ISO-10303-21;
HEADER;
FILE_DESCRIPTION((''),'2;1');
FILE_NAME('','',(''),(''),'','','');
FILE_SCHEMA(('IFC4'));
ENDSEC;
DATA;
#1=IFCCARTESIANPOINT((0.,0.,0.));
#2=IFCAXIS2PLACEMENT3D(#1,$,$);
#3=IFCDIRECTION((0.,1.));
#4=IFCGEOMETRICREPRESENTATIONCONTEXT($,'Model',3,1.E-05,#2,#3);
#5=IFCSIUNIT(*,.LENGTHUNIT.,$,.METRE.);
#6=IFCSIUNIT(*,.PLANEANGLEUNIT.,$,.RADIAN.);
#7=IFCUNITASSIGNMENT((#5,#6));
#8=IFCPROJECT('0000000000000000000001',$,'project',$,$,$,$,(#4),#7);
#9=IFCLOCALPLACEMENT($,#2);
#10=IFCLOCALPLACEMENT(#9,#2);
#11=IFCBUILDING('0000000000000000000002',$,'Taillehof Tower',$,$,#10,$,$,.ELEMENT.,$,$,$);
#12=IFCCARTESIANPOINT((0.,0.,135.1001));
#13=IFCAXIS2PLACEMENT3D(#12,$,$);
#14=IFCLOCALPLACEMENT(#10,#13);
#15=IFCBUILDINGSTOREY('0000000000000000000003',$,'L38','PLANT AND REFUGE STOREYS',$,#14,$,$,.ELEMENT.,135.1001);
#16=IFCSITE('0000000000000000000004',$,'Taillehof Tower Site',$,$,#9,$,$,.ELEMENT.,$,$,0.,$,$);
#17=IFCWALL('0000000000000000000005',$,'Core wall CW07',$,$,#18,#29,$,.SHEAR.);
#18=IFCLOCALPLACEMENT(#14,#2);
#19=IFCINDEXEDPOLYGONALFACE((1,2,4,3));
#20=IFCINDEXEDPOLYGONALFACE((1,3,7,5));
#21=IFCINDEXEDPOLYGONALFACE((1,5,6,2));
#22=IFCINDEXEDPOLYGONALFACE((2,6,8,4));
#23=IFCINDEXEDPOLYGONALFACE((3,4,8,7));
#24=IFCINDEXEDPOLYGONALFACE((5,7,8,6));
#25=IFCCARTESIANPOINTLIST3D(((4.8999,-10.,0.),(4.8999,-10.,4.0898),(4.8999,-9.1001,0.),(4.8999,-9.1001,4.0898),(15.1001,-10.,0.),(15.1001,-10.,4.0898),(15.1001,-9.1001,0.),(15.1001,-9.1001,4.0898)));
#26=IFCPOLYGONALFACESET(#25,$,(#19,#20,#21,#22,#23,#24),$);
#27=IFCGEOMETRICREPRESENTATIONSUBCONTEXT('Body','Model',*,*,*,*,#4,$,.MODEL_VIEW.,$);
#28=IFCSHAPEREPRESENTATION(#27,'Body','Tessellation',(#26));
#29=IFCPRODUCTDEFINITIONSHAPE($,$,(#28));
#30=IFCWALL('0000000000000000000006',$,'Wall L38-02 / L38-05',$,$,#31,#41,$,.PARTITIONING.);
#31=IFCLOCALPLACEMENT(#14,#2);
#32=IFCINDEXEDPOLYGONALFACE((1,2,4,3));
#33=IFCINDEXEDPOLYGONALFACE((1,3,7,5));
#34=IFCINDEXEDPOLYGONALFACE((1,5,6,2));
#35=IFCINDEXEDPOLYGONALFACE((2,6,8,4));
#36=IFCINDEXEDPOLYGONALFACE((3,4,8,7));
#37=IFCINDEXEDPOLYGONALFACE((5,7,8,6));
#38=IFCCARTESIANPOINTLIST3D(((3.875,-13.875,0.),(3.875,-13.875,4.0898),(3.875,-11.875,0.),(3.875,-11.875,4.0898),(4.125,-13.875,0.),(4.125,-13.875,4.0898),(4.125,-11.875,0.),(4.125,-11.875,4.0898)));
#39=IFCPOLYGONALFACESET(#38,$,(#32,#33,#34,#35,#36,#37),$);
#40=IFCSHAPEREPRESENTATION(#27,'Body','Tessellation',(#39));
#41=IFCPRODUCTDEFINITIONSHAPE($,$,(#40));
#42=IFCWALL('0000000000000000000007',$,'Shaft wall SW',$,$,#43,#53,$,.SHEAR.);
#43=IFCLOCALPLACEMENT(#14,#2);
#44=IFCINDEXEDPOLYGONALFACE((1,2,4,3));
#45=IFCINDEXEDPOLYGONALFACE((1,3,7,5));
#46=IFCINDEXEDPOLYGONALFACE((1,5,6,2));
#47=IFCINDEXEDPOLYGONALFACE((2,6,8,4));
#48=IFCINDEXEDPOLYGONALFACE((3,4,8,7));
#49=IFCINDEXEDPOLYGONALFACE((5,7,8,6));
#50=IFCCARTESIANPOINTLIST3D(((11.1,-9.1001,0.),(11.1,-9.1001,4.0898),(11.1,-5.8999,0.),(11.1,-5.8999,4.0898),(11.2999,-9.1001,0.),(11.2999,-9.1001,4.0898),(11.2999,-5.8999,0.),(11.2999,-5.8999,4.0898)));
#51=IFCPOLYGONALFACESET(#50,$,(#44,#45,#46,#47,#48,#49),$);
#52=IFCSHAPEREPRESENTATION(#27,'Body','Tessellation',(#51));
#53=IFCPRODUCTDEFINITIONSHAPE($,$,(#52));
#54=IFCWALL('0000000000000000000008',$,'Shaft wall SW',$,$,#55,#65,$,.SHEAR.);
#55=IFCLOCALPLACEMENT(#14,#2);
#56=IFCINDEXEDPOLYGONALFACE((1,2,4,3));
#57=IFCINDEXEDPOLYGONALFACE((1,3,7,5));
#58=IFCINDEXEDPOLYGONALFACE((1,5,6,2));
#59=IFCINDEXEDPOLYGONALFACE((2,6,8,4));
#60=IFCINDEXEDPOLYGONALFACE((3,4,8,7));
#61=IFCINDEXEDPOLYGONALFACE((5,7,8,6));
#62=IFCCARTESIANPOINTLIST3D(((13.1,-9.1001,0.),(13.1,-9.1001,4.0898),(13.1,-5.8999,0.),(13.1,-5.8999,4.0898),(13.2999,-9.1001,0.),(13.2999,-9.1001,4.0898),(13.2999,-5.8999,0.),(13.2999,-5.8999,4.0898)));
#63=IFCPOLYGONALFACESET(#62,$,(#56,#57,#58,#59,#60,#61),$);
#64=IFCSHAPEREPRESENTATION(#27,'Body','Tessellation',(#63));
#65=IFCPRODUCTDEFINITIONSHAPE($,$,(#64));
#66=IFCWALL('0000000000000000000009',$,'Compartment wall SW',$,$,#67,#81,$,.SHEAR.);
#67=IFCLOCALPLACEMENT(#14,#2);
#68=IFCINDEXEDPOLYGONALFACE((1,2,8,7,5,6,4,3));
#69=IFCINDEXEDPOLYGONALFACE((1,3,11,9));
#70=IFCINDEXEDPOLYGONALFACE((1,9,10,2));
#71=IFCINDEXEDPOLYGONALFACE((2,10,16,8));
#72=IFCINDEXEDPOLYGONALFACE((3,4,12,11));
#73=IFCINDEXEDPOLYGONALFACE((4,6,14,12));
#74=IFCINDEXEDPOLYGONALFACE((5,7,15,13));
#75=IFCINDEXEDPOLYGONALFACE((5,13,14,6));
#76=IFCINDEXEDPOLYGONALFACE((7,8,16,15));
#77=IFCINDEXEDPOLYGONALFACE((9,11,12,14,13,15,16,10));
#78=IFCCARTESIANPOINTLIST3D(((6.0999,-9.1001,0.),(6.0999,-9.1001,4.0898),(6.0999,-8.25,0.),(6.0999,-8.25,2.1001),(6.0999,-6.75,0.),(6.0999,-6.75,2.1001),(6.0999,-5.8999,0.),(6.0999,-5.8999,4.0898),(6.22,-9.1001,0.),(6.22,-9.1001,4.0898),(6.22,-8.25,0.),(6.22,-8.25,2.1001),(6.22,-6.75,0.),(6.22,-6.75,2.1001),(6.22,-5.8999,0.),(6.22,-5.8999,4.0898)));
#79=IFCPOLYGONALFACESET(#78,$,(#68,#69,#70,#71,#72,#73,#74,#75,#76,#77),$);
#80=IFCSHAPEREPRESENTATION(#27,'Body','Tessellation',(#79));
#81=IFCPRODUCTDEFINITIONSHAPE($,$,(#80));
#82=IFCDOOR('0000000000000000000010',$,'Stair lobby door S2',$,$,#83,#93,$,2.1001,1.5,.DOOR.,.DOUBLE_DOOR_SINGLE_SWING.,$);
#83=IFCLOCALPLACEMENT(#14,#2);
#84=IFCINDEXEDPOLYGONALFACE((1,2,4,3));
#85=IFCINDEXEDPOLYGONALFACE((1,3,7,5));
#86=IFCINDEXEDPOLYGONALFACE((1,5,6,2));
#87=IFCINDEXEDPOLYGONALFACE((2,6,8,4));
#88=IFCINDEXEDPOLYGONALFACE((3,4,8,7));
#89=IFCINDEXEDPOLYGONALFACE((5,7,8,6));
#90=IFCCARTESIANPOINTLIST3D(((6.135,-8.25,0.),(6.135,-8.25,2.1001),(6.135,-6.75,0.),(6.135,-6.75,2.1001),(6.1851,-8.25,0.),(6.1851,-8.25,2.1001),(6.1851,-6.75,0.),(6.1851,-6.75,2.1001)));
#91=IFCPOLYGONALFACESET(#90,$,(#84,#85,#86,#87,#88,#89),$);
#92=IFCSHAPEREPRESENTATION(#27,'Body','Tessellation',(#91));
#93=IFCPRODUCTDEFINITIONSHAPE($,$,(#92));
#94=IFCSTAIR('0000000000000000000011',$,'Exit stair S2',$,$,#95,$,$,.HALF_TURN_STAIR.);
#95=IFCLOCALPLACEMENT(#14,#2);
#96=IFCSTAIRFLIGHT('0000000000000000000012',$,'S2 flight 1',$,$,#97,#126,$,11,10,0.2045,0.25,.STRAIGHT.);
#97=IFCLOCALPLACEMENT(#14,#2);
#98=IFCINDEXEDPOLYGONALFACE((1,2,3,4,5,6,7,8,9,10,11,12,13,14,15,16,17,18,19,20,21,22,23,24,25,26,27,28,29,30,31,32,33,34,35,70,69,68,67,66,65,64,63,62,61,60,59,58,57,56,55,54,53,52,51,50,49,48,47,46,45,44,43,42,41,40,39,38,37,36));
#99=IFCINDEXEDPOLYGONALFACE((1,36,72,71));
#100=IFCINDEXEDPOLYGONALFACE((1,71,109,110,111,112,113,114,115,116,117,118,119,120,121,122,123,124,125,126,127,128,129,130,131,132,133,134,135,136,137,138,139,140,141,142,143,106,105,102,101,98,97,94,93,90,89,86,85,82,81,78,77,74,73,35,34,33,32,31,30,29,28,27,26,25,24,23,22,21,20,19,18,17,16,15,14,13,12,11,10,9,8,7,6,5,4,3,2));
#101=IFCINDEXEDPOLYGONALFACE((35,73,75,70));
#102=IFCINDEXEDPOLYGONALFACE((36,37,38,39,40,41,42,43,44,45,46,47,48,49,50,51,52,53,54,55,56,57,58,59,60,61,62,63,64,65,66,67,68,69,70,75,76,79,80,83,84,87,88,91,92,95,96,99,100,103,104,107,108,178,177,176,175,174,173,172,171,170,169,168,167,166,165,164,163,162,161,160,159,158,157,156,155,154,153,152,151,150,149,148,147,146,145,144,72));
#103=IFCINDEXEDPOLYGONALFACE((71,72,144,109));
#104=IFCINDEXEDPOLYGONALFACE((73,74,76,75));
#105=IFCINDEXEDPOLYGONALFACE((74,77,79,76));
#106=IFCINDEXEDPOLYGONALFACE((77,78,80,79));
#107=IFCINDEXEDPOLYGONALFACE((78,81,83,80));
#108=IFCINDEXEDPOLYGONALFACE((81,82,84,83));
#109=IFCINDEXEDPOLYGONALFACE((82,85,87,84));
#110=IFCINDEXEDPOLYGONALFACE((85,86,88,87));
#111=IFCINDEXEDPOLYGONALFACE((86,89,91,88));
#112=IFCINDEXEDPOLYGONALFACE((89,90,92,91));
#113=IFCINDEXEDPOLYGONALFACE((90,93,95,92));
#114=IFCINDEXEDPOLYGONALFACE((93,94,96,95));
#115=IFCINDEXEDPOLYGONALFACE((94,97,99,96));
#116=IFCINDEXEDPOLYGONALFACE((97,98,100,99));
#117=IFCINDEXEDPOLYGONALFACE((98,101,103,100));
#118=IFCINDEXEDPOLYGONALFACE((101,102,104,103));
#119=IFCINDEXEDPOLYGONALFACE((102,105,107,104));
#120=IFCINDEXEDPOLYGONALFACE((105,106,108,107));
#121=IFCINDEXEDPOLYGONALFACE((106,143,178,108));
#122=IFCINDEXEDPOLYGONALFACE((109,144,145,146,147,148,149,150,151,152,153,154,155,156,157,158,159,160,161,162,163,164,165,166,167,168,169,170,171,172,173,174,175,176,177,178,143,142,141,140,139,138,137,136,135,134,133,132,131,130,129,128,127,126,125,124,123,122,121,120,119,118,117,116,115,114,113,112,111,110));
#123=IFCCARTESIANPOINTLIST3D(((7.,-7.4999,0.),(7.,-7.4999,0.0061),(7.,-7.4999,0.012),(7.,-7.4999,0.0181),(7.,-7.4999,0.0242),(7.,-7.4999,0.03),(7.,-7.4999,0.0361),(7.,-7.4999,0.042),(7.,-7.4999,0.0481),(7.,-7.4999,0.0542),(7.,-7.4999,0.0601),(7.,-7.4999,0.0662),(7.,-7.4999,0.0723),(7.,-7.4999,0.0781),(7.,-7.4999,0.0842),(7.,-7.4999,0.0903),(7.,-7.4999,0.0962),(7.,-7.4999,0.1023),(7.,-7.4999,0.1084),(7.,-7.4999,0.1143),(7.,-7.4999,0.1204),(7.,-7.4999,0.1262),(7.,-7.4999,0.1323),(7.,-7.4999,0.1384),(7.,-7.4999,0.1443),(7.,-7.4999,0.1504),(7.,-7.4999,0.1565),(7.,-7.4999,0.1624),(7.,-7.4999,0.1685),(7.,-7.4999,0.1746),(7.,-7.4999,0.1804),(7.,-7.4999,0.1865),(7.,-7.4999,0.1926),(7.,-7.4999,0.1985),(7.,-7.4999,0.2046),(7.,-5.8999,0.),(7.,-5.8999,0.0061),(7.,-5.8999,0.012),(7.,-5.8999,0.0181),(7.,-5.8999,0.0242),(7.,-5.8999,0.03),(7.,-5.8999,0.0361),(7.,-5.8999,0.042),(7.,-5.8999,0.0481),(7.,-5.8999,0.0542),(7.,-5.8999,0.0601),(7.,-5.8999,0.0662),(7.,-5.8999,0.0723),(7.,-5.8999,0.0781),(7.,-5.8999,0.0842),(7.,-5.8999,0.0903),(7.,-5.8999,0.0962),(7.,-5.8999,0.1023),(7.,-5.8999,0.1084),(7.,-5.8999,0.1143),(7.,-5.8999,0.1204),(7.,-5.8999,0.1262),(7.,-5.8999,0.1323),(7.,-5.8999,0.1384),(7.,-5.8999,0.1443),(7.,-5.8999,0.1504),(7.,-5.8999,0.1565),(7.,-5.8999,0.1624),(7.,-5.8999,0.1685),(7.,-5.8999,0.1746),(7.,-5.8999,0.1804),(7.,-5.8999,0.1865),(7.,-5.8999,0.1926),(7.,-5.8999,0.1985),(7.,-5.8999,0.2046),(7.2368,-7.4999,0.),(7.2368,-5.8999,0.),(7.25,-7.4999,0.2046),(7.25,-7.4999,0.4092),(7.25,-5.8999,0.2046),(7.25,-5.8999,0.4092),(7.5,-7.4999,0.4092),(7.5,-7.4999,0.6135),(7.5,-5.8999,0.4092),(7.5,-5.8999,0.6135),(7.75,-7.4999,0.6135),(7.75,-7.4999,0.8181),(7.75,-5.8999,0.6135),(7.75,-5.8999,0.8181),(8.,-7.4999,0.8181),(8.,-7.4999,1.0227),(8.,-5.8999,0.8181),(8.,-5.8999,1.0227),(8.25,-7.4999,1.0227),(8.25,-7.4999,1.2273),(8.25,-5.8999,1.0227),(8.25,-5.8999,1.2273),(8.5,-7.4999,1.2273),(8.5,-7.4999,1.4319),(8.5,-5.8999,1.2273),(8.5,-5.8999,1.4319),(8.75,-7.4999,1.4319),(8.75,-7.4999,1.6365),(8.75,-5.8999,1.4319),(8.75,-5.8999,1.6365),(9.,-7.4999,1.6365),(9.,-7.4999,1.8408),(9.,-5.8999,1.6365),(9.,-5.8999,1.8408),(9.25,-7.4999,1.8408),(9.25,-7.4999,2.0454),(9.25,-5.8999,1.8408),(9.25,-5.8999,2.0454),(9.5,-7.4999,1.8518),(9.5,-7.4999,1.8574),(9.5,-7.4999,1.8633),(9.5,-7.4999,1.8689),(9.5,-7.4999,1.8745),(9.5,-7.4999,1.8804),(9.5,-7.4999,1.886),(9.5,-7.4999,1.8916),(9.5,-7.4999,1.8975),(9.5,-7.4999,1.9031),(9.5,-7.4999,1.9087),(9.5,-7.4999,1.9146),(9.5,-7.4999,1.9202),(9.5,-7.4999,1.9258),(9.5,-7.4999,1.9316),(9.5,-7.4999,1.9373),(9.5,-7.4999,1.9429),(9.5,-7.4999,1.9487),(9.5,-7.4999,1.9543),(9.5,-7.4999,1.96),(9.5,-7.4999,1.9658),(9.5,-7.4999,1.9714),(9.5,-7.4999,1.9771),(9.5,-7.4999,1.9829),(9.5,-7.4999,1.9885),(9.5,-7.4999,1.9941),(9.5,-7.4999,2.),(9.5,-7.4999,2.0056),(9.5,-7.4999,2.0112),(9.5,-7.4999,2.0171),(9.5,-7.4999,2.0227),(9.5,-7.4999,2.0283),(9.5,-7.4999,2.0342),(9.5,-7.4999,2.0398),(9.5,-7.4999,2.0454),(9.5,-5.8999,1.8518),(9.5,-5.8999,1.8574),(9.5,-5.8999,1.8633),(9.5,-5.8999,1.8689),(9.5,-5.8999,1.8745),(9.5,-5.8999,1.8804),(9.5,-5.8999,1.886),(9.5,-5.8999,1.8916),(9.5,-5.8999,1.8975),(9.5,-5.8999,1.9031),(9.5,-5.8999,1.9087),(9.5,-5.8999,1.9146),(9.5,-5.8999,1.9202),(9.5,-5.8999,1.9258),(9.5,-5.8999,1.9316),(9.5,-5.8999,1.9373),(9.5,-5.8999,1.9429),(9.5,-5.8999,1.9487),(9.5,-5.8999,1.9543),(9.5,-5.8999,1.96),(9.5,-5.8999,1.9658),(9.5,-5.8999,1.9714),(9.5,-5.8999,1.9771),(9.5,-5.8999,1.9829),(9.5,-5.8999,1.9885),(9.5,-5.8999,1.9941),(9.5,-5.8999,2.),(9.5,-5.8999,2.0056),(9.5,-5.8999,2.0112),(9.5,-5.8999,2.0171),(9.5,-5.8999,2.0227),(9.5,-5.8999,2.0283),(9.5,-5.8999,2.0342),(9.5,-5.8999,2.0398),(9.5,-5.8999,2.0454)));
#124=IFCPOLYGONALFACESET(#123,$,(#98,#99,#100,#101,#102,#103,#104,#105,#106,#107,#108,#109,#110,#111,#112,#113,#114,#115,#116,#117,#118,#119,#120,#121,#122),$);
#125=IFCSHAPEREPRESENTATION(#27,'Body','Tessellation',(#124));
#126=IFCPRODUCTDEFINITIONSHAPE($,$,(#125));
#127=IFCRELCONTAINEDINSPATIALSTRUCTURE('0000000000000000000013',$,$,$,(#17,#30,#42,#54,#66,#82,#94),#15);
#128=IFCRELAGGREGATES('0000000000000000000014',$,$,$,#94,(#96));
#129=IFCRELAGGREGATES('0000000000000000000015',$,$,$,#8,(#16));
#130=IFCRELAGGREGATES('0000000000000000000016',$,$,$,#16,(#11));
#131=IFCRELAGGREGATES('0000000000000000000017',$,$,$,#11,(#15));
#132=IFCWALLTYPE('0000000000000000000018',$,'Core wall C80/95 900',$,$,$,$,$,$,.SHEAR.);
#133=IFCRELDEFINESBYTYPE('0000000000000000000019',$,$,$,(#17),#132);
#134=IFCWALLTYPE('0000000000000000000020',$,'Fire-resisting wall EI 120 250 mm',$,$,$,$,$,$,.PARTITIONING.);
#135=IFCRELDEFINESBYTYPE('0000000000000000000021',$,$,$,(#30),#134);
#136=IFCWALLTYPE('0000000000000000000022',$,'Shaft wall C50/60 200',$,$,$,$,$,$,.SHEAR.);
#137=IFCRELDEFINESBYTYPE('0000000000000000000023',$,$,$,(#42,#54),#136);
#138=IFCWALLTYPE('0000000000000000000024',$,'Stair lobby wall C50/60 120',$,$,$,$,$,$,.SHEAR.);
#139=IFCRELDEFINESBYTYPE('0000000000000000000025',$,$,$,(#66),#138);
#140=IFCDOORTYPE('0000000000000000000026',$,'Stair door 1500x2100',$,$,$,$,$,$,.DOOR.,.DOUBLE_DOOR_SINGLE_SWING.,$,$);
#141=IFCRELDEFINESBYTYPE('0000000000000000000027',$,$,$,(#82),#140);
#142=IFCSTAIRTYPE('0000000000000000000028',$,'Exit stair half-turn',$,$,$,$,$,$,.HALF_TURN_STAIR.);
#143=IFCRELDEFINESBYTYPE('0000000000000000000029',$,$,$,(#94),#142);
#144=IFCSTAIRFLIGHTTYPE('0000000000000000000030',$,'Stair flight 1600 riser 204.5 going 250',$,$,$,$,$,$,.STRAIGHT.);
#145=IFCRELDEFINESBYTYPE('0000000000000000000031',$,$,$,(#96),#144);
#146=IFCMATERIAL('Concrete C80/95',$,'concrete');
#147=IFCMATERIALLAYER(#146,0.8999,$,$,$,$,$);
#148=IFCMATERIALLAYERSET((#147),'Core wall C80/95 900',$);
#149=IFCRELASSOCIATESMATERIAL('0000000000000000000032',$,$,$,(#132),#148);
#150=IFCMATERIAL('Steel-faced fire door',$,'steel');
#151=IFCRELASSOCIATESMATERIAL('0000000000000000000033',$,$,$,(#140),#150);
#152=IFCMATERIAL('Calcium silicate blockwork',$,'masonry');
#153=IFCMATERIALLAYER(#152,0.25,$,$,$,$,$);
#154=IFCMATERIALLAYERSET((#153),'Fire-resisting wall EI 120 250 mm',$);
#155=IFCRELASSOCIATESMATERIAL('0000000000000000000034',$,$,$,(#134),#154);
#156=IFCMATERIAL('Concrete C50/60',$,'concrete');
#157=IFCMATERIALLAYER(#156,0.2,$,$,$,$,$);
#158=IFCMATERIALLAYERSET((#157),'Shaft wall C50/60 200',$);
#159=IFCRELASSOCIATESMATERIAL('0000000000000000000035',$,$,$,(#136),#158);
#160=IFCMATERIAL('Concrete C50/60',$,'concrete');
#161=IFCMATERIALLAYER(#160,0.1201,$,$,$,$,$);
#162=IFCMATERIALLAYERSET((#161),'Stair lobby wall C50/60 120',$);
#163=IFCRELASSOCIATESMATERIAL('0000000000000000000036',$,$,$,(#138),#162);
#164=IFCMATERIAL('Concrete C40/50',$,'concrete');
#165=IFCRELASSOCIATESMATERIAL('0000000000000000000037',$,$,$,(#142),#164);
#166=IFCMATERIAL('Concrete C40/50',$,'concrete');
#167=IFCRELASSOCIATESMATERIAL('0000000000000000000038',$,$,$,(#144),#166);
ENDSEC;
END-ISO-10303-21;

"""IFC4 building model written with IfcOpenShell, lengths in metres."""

from ifc_helpers import new_model, si_unit, direction, frame, frame_2d, origin, place, context, subcontext, project, spatial, polyline, rectangle, outline, extrude, material, layer, layer_set, type_object, element, fill, aggregate, save


model = new_model("IFC4")

# Units and contexts
model_context = context("Model", 3, precision=1e-05, world=origin(), true_north=direction((0.0, 1.0)))
body_context = subcontext(model_context, "Body", "Model", "MODEL_VIEW")
ifc_project = project(units=[si_unit("LENGTHUNIT", "METRE"), si_unit("PLANEANGLEUNIT", "RADIAN")], contexts=[model_context])

# Site, building, storey
site_placement = place(None, origin())
site = spatial("IfcSite", under=ifc_project, at=site_placement, Name="Taillehof Tower Site", CompositionType="ELEMENT", RefElevation=0.0)
building_placement = place(site_placement, origin())
building = spatial("IfcBuilding", under=site, at=building_placement, Name="Taillehof Tower", CompositionType="ELEMENT")
storey_placement = place(building_placement, frame((0.0, 0.0, 135.1001)))
storey = spatial("IfcBuildingStorey", under=building, at=storey_placement, Name="L38", Description="PLANT AND REFUGE STOREYS", CompositionType="ELEMENT", Elevation=135.1001)

# Shared definitions
ifc_material_1 = material(Name="Concrete C80/95", Category="concrete")
ifc_layer_1 = layer(ifc_material_1, 0.8999)
ifc_layer_set_1 = layer_set([ifc_layer_1], Name="Core wall C80/95 900")
wall_type_1 = type_object("IfcWallType", Name="Core wall C80/95 900", PredefinedType="SHEAR", material=ifc_layer_set_1)
ifc_material_2 = material(Name="Steel-faced fire door", Category="steel")
door_type_1 = type_object("IfcDoorType", Name="Stair door 1500x2100", OperationType="DOUBLE_DOOR_SINGLE_SWING", PredefinedType="DOOR", material=ifc_material_2)

# Walls
wall_1_placement = place(storey_placement, frame((4.8999, -9.55, 0.0), z_axis=(0.0, 0.0, 1.0), x_axis=(1.0, 0.0, 0.0)))
element("IfcWall", 1, at=wall_1_placement, inside=storey, type_object=wall_type_1, Name="Core wall CW07", PredefinedType="SHEAR", context=body_context, shape_type="SweptSolid", body=[
    extrude(rectangle(XDim=10.2002, YDim=0.8999, at=frame_2d((5.1001, 0.0))), origin(), (0.0, 0.0, 1.0), 4.0898),
])
ifc_material_3 = material(Name="Calcium silicate blockwork", Category="masonry")
ifc_layer_2 = layer(ifc_material_3, 0.25)
ifc_layer_set_2 = layer_set([ifc_layer_2], Name="Fire-resisting wall EI 120 250 mm")
wall_type_2 = type_object("IfcWallType", Name="Fire-resisting wall EI 120 250 mm", PredefinedType="PARTITIONING", material=ifc_layer_set_2)
wall_2_placement = place(storey_placement, frame((4.0, -13.875, 0.0), z_axis=(0.0, 0.0, 1.0), x_axis=(0.0, 1.0, 0.0)))
element("IfcWall", 2, at=wall_2_placement, inside=storey, type_object=wall_type_2, Name="Wall L38-02 / L38-05", PredefinedType="PARTITIONING", context=body_context, shape_type="SweptSolid", body=[
    extrude(rectangle(XDim=2.0, YDim=0.25, at=frame_2d((1.0, 0.0))), origin(), (0.0, 0.0, 1.0), 4.0898),
])
ifc_material_4 = material(Name="Concrete C50/60", Category="concrete")
ifc_layer_3 = layer(ifc_material_4, 0.2)
ifc_layer_set_3 = layer_set([ifc_layer_3], Name="Shaft wall C50/60 200")
wall_type_3 = type_object("IfcWallType", Name="Shaft wall C50/60 200", PredefinedType="SHEAR", material=ifc_layer_set_3)
for number, where, z_axis, x_axis, name in (
    (3, (11.2, -9.1001, 0.0), (0.0, 0.0, 1.0), (0.0, 1.0, 0.0), "Shaft wall SW"),
    (4, (13.2, -9.1001, 0.0), (0.0, 0.0, 1.0), (0.0, 1.0, 0.0), "Shaft wall SW"),
):
    element("IfcWall", number, at=place(storey_placement, frame(where, z_axis=z_axis, x_axis=x_axis)), inside=storey, type_object=wall_type_3, Name=name, PredefinedType="SHEAR", context=body_context, shape_type="SweptSolid", body=[
        extrude(rectangle(XDim=3.2002, YDim=0.2, at=frame_2d((1.6001, 0.0))), origin(), (0.0, 0.0, 1.0), 4.0898),
    ])

# Wall, opening, door
ifc_material_5 = material(Name="Concrete C50/60", Category="concrete")
ifc_layer_4 = layer(ifc_material_5, 0.1201)
ifc_layer_set_4 = layer_set([ifc_layer_4], Name="Stair lobby wall C50/60 120")
wall_type_4 = type_object("IfcWallType", Name="Stair lobby wall C50/60 120", PredefinedType="SHEAR", material=ifc_layer_set_4)
wall_3_placement = place(storey_placement, frame((6.1599, -9.1001, 0.0), z_axis=(0.0, 0.0, 1.0), x_axis=(0.0, 1.0, 0.0)))
wall_3 = element("IfcWall", 5, at=wall_3_placement, inside=storey, type_object=wall_type_4, Name="Compartment wall SW", PredefinedType="SHEAR", context=body_context, shape_type="SweptSolid", body=[
    extrude(rectangle(XDim=3.2002, YDim=0.1201, at=frame_2d((1.6001, 0.0))), origin(), (0.0, 0.0, 1.0), 4.0898),
])
opening_1_placement = place(wall_3_placement, frame((0.8501, 0.0, 0.0)))
opening_1 = element("IfcOpeningElement", 6, at=opening_1_placement, cuts=wall_3, PredefinedType="OPENING", context=body_context, shape_type="SweptSolid", body=[
    extrude(rectangle(XDim=1.5, YDim=2.1001, at=frame_2d((0.75, 1.05))), frame((0.0, 0.0701, 0.0), z_axis=(0.0, -1.0, 0.0), x_axis=(1.0, 0.0, 0.0)), (0.0, 0.0, 1.0), 0.1401),
])
door_1_placement = place(opening_1_placement, origin())
door_1 = element("IfcDoor", 7, at=door_1_placement, inside=storey, type_object=door_type_1, Name="Stair lobby door S2", OperationType="DOUBLE_DOOR_SINGLE_SWING", OverallHeight=2.1001, OverallWidth=1.5, PredefinedType="DOOR", context=body_context, shape_type="SweptSolid", body=[
    extrude(rectangle(XDim=1.5, YDim=2.1001, at=frame_2d((0.75, 1.05))), frame((0.0, 0.0249, 0.0), z_axis=(0.0, -1.0, 0.0), x_axis=(1.0, 0.0, 0.0)), (0.0, 0.0, 1.0), 0.05),
])
fill(opening_1, door_1)

# Stair, stair flight
ifc_material_6 = material(Name="Concrete C40/50", Category="concrete")
stair_type = type_object("IfcStairType", Name="Exit stair half-turn", PredefinedType="HALF_TURN_STAIR", material=ifc_material_6)
stair_placement = place(storey_placement, origin())
stair = element("IfcStair", 8, at=stair_placement, inside=storey, type_object=stair_type, Name="Exit stair S2", PredefinedType="HALF_TURN_STAIR")
ifc_material_7 = material(Name="Concrete C40/50", Category="concrete")
stair_flight_type = type_object("IfcStairFlightType", Name="Stair flight 1600 riser 204.5 going 250", PredefinedType="STRAIGHT", material=ifc_material_7)
stair_flight_1_placement = place(storey_placement, frame((7.0, -6.7, 0.0), z_axis=(0.0, 0.0, 1.0), x_axis=(1.0, 0.0, 0.0)))
stair_flight_1 = element("IfcStairFlight", 9, at=stair_flight_1_placement, type_object=stair_flight_type, Name="S2 flight 1", NumberOfRisers=11, NumberOfTreads=10, PredefinedType="STRAIGHT", RiserHeight=0.2045, TreadLength=0.25, context=body_context, shape_type="SweptSolid", body=[
    extrude(outline(polyline([(0.0, 0.0), (0.0, 0.0061), (0.0, 0.012), (0.0, 0.0181), (0.0, 0.0242), (0.0, 0.03), (0.0, 0.0361), (0.0, 0.042), (0.0, 0.0481), (0.0, 0.0542), (0.0, 0.0601), (0.0, 0.0662), (0.0, 0.0723), (0.0, 0.0781), (0.0, 0.0842), (0.0, 0.0903), (0.0, 0.0962), (0.0, 0.1023), (0.0, 0.1084), (0.0, 0.1143), (0.0, 0.1204), (0.0, 0.1262), (0.0, 0.1323), (0.0, 0.1384), (0.0, 0.1443), (0.0, 0.1504), (0.0, 0.1565), (0.0, 0.1624), (0.0, 0.1685), (0.0, 0.1746), (0.0, 0.1804), (0.0, 0.1865), (0.0, 0.1926), (0.0, 0.1985), (0.0, 0.2046), (0.25, 0.2046), (0.25, 0.4092), (0.5, 0.4092), (0.5, 0.6135), (0.75, 0.6135), (0.75, 0.8181), (1.0, 0.8181), (1.0, 1.0227), (1.25, 1.0227), (1.25, 1.2273), (1.5, 1.2273), (1.5, 1.4319), (1.75, 1.4319), (1.75, 1.6365), (2.0, 1.6365), (2.0, 1.8408), (2.25, 1.8408), (2.25, 2.0454), (2.5, 2.0454), (2.5, 2.0398), (2.5, 2.0342), (2.5, 2.0283), (2.5, 2.0227), (2.5, 2.0171), (2.5, 2.0112), (2.5, 2.0056), (2.5, 2.0), (2.5, 1.9941), (2.5, 1.9885), (2.5, 1.9829), (2.5, 1.9771), (2.5, 1.9714), (2.5, 1.9658), (2.5, 1.96), (2.5, 1.9543), (2.5, 1.9487), (2.5, 1.9429), (2.5, 1.9373), (2.5, 1.9316), (2.5, 1.9258), (2.5, 1.9202), (2.5, 1.9146), (2.5, 1.9087), (2.5, 1.9031), (2.5, 1.8975), (2.5, 1.8916), (2.5, 1.886), (2.5, 1.8804), (2.5, 1.8745), (2.5, 1.8689), (2.5, 1.8633), (2.5, 1.8574), (2.5, 1.8518), (0.2368, 0.0), (0.0, 0.0)])), frame((0.0, 0.8, 0.0), z_axis=(0.0, -1.0, 0.0), x_axis=(1.0, 0.0, 0.0)), (0.0, 0.0, 1.0), 1.6),
])
aggregate(stair, [stair_flight_1])

save(model, "model.ifc")
